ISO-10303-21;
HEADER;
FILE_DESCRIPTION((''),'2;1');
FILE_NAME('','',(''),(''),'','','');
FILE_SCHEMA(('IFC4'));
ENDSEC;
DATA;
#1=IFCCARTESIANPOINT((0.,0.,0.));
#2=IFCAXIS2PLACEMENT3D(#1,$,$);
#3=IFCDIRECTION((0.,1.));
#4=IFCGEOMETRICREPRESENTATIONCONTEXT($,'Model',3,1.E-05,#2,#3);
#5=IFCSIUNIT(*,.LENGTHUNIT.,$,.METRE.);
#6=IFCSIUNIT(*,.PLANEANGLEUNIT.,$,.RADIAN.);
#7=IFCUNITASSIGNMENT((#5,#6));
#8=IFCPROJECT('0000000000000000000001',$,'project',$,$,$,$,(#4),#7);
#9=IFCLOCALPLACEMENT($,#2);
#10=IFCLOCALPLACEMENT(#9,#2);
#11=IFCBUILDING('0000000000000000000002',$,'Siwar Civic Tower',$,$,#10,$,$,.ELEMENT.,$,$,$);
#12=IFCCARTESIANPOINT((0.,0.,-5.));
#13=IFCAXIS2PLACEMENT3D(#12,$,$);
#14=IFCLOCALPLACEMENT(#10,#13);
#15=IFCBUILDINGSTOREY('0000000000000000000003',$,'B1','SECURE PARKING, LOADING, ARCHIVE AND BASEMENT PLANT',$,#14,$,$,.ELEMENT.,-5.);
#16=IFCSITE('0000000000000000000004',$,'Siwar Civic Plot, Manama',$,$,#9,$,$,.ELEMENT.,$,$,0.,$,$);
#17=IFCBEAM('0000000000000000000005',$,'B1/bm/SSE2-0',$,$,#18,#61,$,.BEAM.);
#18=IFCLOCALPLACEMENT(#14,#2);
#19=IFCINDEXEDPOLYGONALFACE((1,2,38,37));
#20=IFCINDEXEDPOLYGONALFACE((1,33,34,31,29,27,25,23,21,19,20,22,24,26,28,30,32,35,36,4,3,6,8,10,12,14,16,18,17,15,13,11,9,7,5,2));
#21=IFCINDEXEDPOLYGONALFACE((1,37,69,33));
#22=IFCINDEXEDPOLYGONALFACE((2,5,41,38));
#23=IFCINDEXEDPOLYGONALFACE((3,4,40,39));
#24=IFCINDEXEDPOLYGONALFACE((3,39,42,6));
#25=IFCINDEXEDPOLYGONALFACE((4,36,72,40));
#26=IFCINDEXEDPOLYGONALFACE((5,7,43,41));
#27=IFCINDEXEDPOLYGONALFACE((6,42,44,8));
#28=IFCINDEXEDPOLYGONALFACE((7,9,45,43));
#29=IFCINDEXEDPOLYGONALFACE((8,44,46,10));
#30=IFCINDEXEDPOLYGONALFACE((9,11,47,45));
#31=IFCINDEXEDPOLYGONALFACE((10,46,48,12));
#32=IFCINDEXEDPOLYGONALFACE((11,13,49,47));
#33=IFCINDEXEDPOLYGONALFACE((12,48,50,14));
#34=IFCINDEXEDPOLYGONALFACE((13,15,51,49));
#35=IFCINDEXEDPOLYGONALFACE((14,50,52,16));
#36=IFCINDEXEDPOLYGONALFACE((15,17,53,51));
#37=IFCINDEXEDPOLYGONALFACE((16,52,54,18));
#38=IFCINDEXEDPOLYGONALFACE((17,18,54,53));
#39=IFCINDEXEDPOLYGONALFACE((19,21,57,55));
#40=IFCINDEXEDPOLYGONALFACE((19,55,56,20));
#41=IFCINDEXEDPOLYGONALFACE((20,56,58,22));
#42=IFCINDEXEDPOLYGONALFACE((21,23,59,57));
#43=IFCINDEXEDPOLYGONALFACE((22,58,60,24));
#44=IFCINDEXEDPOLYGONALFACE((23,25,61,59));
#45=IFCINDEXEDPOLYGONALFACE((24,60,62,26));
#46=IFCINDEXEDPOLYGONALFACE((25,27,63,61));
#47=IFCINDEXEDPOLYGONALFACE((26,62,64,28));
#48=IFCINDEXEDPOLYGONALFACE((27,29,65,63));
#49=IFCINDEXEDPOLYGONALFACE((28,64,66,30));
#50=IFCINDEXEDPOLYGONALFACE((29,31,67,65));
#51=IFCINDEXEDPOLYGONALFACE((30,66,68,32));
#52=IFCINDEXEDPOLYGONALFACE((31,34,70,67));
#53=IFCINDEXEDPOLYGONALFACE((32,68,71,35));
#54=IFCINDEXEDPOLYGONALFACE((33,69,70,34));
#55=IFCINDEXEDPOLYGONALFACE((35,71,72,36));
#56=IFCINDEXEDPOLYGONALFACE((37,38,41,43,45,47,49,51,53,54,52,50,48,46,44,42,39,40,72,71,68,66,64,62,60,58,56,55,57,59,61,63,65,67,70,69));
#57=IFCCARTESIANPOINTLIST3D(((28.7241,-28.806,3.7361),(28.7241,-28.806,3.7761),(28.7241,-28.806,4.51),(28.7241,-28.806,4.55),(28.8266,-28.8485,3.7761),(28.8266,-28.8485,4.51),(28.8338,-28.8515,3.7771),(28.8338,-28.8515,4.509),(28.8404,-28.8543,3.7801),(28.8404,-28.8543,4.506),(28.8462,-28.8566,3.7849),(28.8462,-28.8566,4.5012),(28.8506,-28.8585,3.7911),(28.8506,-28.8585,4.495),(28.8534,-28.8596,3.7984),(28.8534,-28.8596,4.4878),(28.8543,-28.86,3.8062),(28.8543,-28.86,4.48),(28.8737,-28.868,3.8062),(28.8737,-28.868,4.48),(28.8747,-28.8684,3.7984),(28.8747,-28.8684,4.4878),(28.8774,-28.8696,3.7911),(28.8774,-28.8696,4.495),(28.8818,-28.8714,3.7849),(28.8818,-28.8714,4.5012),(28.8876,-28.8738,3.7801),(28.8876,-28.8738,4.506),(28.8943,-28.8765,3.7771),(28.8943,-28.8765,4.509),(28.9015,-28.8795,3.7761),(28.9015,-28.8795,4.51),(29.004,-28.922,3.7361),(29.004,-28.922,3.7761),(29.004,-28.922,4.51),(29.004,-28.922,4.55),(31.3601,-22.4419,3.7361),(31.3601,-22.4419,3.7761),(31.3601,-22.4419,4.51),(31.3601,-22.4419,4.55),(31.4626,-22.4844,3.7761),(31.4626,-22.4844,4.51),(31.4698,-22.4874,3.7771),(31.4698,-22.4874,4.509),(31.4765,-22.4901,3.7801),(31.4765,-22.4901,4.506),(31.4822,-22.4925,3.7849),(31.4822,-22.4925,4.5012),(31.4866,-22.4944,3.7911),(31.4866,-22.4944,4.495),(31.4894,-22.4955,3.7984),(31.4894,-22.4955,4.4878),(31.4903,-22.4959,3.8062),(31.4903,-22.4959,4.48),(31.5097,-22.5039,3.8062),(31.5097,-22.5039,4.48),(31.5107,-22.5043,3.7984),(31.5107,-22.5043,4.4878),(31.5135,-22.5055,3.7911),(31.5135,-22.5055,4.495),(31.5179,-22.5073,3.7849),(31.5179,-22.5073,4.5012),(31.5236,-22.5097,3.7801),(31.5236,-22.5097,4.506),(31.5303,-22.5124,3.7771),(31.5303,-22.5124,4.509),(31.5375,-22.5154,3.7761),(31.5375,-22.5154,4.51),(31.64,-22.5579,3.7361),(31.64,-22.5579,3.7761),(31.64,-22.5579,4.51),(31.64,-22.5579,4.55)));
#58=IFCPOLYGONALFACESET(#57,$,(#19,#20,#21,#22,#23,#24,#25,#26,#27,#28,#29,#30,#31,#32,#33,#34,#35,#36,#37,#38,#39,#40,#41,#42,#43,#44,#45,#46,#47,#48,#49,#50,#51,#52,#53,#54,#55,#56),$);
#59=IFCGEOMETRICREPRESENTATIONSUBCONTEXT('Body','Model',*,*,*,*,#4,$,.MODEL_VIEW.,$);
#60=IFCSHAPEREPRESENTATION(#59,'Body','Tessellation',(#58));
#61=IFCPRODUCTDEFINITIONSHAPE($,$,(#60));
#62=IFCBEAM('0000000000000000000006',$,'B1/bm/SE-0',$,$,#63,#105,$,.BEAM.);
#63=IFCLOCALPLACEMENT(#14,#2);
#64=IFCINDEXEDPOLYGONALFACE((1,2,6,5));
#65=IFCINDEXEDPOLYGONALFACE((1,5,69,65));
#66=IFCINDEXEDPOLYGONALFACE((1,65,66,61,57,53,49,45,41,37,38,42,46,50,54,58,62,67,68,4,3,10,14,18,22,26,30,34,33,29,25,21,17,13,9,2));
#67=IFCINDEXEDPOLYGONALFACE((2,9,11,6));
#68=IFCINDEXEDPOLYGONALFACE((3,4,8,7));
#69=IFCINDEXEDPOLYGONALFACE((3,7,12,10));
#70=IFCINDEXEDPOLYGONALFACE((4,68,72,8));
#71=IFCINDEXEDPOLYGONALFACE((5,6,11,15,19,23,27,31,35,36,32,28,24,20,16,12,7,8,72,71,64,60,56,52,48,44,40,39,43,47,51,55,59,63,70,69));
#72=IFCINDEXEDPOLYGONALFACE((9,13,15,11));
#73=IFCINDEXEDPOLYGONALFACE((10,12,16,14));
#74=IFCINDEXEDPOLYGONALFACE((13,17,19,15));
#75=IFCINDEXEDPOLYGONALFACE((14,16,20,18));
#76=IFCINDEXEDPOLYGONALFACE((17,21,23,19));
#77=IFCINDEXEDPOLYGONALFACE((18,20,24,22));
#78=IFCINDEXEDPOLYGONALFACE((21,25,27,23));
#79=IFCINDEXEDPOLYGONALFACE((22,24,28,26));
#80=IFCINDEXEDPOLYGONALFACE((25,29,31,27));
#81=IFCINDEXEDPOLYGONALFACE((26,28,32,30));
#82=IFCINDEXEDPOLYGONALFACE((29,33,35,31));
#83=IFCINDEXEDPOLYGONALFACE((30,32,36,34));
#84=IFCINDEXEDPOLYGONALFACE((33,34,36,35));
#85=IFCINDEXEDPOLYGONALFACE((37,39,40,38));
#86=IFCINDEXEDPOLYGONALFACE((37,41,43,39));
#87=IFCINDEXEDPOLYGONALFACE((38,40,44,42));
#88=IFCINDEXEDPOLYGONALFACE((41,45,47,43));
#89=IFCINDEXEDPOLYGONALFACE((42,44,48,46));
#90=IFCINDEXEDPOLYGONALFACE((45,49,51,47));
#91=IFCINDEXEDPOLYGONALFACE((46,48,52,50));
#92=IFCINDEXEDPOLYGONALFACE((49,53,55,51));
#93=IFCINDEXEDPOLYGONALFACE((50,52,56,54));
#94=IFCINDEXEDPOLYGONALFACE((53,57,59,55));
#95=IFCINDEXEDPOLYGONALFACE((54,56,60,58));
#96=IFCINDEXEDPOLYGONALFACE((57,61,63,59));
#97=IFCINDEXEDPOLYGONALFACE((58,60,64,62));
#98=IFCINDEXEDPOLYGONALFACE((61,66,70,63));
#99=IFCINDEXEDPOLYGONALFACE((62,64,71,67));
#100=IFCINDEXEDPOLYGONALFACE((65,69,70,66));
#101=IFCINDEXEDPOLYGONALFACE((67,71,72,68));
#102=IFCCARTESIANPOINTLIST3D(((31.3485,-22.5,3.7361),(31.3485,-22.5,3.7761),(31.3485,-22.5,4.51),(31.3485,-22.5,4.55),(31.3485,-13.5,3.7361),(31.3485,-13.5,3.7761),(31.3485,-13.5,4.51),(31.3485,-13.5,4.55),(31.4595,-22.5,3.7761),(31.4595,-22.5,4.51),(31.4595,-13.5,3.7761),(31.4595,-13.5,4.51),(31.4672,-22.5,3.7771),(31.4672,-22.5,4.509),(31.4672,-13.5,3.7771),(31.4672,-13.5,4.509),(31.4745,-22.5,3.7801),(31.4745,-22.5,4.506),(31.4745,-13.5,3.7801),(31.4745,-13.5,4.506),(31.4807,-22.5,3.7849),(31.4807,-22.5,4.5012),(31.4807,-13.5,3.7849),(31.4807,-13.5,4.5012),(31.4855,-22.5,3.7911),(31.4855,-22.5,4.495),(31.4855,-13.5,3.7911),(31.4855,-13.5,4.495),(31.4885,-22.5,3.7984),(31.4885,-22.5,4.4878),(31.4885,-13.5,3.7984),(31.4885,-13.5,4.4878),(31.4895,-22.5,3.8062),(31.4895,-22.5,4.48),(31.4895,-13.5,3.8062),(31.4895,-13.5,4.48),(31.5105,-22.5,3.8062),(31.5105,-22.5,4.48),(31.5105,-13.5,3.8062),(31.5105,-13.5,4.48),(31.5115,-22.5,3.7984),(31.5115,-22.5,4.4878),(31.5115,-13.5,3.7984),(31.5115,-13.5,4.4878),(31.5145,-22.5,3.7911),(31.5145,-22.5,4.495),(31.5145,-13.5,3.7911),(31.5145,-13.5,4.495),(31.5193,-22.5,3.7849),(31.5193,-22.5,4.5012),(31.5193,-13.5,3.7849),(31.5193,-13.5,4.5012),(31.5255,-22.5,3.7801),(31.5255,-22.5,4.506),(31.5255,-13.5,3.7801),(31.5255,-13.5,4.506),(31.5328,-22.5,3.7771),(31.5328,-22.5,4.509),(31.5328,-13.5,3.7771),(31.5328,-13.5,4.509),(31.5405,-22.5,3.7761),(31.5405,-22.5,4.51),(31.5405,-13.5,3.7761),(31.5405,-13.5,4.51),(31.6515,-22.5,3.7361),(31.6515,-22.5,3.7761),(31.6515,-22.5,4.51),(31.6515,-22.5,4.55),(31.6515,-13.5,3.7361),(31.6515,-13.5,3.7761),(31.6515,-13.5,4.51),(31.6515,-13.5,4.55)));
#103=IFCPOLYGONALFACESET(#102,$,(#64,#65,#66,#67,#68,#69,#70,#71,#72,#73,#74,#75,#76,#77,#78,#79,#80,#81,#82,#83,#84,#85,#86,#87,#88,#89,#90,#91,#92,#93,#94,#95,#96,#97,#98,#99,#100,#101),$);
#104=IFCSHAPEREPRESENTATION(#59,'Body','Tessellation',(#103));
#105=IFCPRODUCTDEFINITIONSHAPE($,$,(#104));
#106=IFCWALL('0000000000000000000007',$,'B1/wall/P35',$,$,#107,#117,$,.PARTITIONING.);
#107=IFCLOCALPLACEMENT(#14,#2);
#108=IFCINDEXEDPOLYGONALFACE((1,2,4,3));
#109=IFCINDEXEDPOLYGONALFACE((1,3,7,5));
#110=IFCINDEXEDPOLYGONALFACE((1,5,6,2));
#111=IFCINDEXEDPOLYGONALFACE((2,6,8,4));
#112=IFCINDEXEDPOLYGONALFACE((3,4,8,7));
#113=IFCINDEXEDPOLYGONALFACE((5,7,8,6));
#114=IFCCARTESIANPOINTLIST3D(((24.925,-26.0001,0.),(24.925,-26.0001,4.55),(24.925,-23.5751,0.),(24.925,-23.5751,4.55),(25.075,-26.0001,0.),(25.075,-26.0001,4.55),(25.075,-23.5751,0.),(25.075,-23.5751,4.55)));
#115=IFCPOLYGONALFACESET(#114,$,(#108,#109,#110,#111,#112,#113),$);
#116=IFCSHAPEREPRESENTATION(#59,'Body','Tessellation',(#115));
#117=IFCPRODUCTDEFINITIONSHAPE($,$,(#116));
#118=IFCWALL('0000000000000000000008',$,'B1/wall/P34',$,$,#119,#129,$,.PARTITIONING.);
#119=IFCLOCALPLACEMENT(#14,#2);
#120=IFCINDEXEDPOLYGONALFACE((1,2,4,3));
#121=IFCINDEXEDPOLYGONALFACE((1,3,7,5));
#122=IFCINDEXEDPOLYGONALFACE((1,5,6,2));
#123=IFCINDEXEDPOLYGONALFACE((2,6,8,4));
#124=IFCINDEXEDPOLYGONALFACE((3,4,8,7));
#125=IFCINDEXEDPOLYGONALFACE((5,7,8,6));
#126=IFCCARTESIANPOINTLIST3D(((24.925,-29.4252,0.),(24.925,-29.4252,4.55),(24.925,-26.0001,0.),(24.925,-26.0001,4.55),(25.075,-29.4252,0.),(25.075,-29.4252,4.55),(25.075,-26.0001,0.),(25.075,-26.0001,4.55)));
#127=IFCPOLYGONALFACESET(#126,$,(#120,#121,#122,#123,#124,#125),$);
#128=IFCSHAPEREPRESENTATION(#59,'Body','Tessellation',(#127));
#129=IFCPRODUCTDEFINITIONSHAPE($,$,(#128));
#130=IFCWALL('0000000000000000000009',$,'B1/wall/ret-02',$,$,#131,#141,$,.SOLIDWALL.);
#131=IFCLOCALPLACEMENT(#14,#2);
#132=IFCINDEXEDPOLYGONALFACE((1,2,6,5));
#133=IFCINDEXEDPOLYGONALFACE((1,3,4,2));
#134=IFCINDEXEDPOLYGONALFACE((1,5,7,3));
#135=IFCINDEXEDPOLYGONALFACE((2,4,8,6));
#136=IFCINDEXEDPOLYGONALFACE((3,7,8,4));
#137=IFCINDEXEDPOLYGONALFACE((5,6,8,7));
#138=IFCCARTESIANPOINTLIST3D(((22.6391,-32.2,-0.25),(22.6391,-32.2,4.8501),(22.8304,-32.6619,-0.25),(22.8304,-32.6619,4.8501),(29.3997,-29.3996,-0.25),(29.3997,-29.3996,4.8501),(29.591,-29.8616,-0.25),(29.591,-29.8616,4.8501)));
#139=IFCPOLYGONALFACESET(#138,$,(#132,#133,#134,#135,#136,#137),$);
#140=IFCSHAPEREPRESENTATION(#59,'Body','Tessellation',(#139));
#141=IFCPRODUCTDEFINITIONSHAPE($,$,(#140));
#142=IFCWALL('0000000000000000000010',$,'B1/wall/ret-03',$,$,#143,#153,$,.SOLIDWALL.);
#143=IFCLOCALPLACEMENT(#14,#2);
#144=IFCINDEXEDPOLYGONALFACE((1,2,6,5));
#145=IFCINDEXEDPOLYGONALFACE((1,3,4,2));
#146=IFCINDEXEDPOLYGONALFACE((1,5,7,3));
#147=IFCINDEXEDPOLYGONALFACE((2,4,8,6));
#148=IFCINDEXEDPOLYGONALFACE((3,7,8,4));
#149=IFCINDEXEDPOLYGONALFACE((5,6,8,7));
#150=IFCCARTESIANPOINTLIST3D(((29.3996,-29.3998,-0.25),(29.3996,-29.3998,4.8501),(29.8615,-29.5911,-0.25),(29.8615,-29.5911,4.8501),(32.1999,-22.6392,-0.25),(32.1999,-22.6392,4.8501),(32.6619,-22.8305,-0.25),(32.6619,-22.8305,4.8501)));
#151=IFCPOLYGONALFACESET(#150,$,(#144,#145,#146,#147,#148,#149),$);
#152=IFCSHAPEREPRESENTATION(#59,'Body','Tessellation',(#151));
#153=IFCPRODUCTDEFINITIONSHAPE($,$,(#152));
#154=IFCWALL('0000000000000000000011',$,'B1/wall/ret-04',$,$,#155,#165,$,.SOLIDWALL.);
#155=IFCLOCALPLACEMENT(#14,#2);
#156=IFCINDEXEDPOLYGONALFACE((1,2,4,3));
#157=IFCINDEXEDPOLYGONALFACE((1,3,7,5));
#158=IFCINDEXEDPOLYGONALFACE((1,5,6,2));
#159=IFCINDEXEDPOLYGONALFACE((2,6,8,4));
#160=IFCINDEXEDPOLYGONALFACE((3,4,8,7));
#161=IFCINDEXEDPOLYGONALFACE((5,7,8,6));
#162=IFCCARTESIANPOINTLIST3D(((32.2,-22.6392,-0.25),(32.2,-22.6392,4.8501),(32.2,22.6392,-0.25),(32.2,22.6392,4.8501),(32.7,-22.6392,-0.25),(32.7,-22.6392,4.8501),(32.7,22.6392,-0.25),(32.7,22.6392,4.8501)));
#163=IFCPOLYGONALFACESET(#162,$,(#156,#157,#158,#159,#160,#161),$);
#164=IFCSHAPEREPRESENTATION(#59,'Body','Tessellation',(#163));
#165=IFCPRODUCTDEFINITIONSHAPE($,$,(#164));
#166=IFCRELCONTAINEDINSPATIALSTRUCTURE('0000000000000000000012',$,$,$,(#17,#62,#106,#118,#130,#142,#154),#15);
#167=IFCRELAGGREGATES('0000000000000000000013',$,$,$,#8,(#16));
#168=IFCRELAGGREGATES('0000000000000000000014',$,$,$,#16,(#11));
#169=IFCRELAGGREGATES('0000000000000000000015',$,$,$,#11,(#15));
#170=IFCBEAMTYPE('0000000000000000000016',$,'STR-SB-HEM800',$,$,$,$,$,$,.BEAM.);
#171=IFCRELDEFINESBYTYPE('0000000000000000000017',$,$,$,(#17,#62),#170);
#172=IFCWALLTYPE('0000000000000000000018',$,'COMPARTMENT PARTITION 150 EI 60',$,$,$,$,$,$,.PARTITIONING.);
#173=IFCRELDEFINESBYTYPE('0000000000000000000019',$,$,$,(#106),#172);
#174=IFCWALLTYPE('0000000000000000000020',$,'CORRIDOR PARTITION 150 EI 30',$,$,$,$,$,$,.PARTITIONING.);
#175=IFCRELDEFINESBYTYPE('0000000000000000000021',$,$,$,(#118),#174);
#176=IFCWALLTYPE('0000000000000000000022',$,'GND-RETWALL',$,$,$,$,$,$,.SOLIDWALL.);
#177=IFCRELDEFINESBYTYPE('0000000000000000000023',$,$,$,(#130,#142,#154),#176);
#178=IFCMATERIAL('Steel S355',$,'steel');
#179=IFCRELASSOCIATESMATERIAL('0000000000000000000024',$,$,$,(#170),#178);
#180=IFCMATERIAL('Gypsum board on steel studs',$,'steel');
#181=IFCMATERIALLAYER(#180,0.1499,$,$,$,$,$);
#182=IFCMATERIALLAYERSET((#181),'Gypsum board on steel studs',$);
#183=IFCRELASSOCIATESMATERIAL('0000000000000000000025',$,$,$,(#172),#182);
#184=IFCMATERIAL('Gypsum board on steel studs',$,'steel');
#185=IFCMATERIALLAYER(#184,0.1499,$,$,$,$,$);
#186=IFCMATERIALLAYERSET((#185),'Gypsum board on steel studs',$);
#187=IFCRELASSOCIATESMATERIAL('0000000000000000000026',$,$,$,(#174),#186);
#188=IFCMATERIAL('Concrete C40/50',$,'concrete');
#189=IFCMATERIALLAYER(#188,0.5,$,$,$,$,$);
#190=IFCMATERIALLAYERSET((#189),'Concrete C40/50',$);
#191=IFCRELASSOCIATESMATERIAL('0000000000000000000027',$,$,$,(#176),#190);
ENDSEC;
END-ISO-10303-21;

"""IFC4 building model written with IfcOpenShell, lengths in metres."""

from ifc_helpers import new_model, si_unit, direction, frame, frame_2d, origin, origin_2d, place, context, subcontext, project, spatial, rectangle, i_section, extrude, material, layer, layer_set, material_profile, profile_set, type_object, element, save


model = new_model("IFC4")

# Units and contexts
model_context = context("Model", 3, precision=1e-05, world=origin(), true_north=direction((0.0, 1.0)))
body_context = subcontext(model_context, "Body", "Model", "MODEL_VIEW")
ifc_project = project(units=[si_unit("LENGTHUNIT", "METRE"), si_unit("PLANEANGLEUNIT", "RADIAN")], contexts=[model_context])

# Site, building, storey
site_placement = place(None, origin())
site = spatial("IfcSite", under=ifc_project, at=site_placement, Name="Siwar Civic Plot, Manama", CompositionType="ELEMENT", RefElevation=0.0)
building_placement = place(site_placement, origin())
building = spatial("IfcBuilding", under=site, at=building_placement, Name="Siwar Civic Tower", CompositionType="ELEMENT")
storey_placement = place(building_placement, frame((0.0, 0.0, -5.0)))
storey = spatial("IfcBuildingStorey", under=building, at=storey_placement, Name="B1", Description="SECURE PARKING, LOADING, ARCHIVE AND BASEMENT PLANT", CompositionType="ELEMENT", Elevation=-5.0)

# Beams
ifc_material_1 = material(Name="Steel S355", Category="steel")
ifc_material_profile_1 = material_profile(ifc_material_1, i_section(OverallWidth=0.303, OverallDepth=0.814, WebThickness=0.021, FlangeThickness=0.04, FilletRadius=0.03, at=origin_2d()), Name="HEM800")
ifc_profile_set_1 = profile_set([ifc_material_profile_1], Name="Steel S355")
beam_type_1 = type_object("IfcBeamType", Name="STR-SB-HEM800", PredefinedType="BEAM", material=ifc_profile_set_1)
beam_1_placement = place(storey_placement, frame((28.864, -28.864, 4.1431), z_axis=(0.382674, 0.923883, 0.0), x_axis=(-0.923883, 0.382674, 0.0)))
element("IfcBeam", 1, at=beam_1_placement, inside=storey, type_object=beam_type_1, Name="B1/bm/SSE2-0", PredefinedType="BEAM", context=body_context, shape_type="SweptSolid", body=[
    extrude(i_section(OverallWidth=0.303, OverallDepth=0.814, WebThickness=0.021, FlangeThickness=0.04, FilletRadius=0.03, at=origin_2d()), origin(), (0.0, 0.0, 1.0), 6.8884),
])
beam_2_placement = place(storey_placement, frame((31.5, -22.5, 4.1431), z_axis=(0.0, 1.0, 0.0), x_axis=(-1.0, 0.0, 0.0)))
element("IfcBeam", 2, at=beam_2_placement, inside=storey, type_object=beam_type_1, Name="B1/bm/SE-0", PredefinedType="BEAM", context=body_context, shape_type="SweptSolid", body=[
    extrude(i_section(OverallWidth=0.303, OverallDepth=0.814, WebThickness=0.021, FlangeThickness=0.04, FilletRadius=0.03, at=origin_2d()), origin(), (0.0, 0.0, 1.0), 9.0),
])

# Walls
ifc_material_2 = material(Name="Gypsum board on steel studs", Category="steel")
ifc_layer_1 = layer(ifc_material_2, 0.1499)
ifc_layer_set_1 = layer_set([ifc_layer_1], Name="Gypsum board on steel studs")
wall_type_1 = type_object("IfcWallType", Name="COMPARTMENT PARTITION 150 EI 60", PredefinedType="PARTITIONING", material=ifc_layer_set_1)
wall_1_placement = place(storey_placement, frame((25.0, -26.0, 0.0), z_axis=(0.0, 0.0, 1.0), x_axis=(0.0, 1.0, 0.0)))
element("IfcWall", 3, at=wall_1_placement, inside=storey, type_object=wall_type_1, Name="B1/wall/P35", PredefinedType="PARTITIONING", context=body_context, shape_type="SweptSolid", body=[
    extrude(rectangle(XDim=2.425, YDim=0.1499, at=frame_2d((1.2124, 0.0))), origin(), (0.0, 0.0, 1.0), 4.55),
])
ifc_material_3 = material(Name="Gypsum board on steel studs", Category="steel")
ifc_layer_2 = layer(ifc_material_3, 0.1499)
ifc_layer_set_2 = layer_set([ifc_layer_2], Name="Gypsum board on steel studs")
wall_type_2 = type_object("IfcWallType", Name="CORRIDOR PARTITION 150 EI 30", PredefinedType="PARTITIONING", material=ifc_layer_set_2)
wall_2_placement = place(storey_placement, frame((25.0, -29.425, 0.0), z_axis=(0.0, 0.0, 1.0), x_axis=(0.0, 1.0, 0.0)))
element("IfcWall", 4, at=wall_2_placement, inside=storey, type_object=wall_type_2, Name="B1/wall/P34", PredefinedType="PARTITIONING", context=body_context, shape_type="SweptSolid", body=[
    extrude(rectangle(XDim=3.425, YDim=0.1499, at=frame_2d((1.7124, 0.0))), origin(), (0.0, 0.0, 1.0), 4.55),
])
ifc_material_4 = material(Name="Concrete C40/50", Category="concrete")
ifc_layer_3 = layer(ifc_material_4, 0.5)
ifc_layer_set_3 = layer_set([ifc_layer_3], Name="Concrete C40/50")
wall_type_3 = type_object("IfcWallType", Name="GND-RETWALL", PredefinedType="SOLIDWALL", material=ifc_layer_set_3)
for number, where, z_axis, x_axis, name in (
    (5, (22.7349, -32.4309, -0.25), (0.0, 0.0, 1.0), (0.923879, 0.382684, 0.0), "B1/wall/ret-02"),
    (6, (29.6306, -29.4954, -0.25), (0.0, 0.0, 1.0), (0.382684, 0.923879, 0.0), "B1/wall/ret-03"),
):
    element("IfcWall", number, at=place(storey_placement, frame(where, z_axis=z_axis, x_axis=x_axis)), inside=storey, type_object=wall_type_3, Name=name, PredefinedType="SOLIDWALL", context=body_context, shape_type="SweptSolid", body=[
        extrude(rectangle(XDim=7.3176, YDim=0.5, at=frame_2d((3.6587, 0.0))), origin(), (0.0, 0.0, 1.0), 5.1001),
    ])
wall_3_placement = place(storey_placement, frame((32.45, -22.6392, -0.25), z_axis=(0.0, 0.0, 1.0), x_axis=(0.0, 1.0, 0.0)))
element("IfcWall", 7, at=wall_3_placement, inside=storey, type_object=wall_type_3, Name="B1/wall/ret-04", PredefinedType="SOLIDWALL", context=body_context, shape_type="SweptSolid", body=[
    extrude(rectangle(XDim=45.2783, YDim=0.5, at=frame_2d((22.6392, 0.0))), origin(), (0.0, 0.0, 1.0), 5.1001),
])

save(model, "model.ifc")
